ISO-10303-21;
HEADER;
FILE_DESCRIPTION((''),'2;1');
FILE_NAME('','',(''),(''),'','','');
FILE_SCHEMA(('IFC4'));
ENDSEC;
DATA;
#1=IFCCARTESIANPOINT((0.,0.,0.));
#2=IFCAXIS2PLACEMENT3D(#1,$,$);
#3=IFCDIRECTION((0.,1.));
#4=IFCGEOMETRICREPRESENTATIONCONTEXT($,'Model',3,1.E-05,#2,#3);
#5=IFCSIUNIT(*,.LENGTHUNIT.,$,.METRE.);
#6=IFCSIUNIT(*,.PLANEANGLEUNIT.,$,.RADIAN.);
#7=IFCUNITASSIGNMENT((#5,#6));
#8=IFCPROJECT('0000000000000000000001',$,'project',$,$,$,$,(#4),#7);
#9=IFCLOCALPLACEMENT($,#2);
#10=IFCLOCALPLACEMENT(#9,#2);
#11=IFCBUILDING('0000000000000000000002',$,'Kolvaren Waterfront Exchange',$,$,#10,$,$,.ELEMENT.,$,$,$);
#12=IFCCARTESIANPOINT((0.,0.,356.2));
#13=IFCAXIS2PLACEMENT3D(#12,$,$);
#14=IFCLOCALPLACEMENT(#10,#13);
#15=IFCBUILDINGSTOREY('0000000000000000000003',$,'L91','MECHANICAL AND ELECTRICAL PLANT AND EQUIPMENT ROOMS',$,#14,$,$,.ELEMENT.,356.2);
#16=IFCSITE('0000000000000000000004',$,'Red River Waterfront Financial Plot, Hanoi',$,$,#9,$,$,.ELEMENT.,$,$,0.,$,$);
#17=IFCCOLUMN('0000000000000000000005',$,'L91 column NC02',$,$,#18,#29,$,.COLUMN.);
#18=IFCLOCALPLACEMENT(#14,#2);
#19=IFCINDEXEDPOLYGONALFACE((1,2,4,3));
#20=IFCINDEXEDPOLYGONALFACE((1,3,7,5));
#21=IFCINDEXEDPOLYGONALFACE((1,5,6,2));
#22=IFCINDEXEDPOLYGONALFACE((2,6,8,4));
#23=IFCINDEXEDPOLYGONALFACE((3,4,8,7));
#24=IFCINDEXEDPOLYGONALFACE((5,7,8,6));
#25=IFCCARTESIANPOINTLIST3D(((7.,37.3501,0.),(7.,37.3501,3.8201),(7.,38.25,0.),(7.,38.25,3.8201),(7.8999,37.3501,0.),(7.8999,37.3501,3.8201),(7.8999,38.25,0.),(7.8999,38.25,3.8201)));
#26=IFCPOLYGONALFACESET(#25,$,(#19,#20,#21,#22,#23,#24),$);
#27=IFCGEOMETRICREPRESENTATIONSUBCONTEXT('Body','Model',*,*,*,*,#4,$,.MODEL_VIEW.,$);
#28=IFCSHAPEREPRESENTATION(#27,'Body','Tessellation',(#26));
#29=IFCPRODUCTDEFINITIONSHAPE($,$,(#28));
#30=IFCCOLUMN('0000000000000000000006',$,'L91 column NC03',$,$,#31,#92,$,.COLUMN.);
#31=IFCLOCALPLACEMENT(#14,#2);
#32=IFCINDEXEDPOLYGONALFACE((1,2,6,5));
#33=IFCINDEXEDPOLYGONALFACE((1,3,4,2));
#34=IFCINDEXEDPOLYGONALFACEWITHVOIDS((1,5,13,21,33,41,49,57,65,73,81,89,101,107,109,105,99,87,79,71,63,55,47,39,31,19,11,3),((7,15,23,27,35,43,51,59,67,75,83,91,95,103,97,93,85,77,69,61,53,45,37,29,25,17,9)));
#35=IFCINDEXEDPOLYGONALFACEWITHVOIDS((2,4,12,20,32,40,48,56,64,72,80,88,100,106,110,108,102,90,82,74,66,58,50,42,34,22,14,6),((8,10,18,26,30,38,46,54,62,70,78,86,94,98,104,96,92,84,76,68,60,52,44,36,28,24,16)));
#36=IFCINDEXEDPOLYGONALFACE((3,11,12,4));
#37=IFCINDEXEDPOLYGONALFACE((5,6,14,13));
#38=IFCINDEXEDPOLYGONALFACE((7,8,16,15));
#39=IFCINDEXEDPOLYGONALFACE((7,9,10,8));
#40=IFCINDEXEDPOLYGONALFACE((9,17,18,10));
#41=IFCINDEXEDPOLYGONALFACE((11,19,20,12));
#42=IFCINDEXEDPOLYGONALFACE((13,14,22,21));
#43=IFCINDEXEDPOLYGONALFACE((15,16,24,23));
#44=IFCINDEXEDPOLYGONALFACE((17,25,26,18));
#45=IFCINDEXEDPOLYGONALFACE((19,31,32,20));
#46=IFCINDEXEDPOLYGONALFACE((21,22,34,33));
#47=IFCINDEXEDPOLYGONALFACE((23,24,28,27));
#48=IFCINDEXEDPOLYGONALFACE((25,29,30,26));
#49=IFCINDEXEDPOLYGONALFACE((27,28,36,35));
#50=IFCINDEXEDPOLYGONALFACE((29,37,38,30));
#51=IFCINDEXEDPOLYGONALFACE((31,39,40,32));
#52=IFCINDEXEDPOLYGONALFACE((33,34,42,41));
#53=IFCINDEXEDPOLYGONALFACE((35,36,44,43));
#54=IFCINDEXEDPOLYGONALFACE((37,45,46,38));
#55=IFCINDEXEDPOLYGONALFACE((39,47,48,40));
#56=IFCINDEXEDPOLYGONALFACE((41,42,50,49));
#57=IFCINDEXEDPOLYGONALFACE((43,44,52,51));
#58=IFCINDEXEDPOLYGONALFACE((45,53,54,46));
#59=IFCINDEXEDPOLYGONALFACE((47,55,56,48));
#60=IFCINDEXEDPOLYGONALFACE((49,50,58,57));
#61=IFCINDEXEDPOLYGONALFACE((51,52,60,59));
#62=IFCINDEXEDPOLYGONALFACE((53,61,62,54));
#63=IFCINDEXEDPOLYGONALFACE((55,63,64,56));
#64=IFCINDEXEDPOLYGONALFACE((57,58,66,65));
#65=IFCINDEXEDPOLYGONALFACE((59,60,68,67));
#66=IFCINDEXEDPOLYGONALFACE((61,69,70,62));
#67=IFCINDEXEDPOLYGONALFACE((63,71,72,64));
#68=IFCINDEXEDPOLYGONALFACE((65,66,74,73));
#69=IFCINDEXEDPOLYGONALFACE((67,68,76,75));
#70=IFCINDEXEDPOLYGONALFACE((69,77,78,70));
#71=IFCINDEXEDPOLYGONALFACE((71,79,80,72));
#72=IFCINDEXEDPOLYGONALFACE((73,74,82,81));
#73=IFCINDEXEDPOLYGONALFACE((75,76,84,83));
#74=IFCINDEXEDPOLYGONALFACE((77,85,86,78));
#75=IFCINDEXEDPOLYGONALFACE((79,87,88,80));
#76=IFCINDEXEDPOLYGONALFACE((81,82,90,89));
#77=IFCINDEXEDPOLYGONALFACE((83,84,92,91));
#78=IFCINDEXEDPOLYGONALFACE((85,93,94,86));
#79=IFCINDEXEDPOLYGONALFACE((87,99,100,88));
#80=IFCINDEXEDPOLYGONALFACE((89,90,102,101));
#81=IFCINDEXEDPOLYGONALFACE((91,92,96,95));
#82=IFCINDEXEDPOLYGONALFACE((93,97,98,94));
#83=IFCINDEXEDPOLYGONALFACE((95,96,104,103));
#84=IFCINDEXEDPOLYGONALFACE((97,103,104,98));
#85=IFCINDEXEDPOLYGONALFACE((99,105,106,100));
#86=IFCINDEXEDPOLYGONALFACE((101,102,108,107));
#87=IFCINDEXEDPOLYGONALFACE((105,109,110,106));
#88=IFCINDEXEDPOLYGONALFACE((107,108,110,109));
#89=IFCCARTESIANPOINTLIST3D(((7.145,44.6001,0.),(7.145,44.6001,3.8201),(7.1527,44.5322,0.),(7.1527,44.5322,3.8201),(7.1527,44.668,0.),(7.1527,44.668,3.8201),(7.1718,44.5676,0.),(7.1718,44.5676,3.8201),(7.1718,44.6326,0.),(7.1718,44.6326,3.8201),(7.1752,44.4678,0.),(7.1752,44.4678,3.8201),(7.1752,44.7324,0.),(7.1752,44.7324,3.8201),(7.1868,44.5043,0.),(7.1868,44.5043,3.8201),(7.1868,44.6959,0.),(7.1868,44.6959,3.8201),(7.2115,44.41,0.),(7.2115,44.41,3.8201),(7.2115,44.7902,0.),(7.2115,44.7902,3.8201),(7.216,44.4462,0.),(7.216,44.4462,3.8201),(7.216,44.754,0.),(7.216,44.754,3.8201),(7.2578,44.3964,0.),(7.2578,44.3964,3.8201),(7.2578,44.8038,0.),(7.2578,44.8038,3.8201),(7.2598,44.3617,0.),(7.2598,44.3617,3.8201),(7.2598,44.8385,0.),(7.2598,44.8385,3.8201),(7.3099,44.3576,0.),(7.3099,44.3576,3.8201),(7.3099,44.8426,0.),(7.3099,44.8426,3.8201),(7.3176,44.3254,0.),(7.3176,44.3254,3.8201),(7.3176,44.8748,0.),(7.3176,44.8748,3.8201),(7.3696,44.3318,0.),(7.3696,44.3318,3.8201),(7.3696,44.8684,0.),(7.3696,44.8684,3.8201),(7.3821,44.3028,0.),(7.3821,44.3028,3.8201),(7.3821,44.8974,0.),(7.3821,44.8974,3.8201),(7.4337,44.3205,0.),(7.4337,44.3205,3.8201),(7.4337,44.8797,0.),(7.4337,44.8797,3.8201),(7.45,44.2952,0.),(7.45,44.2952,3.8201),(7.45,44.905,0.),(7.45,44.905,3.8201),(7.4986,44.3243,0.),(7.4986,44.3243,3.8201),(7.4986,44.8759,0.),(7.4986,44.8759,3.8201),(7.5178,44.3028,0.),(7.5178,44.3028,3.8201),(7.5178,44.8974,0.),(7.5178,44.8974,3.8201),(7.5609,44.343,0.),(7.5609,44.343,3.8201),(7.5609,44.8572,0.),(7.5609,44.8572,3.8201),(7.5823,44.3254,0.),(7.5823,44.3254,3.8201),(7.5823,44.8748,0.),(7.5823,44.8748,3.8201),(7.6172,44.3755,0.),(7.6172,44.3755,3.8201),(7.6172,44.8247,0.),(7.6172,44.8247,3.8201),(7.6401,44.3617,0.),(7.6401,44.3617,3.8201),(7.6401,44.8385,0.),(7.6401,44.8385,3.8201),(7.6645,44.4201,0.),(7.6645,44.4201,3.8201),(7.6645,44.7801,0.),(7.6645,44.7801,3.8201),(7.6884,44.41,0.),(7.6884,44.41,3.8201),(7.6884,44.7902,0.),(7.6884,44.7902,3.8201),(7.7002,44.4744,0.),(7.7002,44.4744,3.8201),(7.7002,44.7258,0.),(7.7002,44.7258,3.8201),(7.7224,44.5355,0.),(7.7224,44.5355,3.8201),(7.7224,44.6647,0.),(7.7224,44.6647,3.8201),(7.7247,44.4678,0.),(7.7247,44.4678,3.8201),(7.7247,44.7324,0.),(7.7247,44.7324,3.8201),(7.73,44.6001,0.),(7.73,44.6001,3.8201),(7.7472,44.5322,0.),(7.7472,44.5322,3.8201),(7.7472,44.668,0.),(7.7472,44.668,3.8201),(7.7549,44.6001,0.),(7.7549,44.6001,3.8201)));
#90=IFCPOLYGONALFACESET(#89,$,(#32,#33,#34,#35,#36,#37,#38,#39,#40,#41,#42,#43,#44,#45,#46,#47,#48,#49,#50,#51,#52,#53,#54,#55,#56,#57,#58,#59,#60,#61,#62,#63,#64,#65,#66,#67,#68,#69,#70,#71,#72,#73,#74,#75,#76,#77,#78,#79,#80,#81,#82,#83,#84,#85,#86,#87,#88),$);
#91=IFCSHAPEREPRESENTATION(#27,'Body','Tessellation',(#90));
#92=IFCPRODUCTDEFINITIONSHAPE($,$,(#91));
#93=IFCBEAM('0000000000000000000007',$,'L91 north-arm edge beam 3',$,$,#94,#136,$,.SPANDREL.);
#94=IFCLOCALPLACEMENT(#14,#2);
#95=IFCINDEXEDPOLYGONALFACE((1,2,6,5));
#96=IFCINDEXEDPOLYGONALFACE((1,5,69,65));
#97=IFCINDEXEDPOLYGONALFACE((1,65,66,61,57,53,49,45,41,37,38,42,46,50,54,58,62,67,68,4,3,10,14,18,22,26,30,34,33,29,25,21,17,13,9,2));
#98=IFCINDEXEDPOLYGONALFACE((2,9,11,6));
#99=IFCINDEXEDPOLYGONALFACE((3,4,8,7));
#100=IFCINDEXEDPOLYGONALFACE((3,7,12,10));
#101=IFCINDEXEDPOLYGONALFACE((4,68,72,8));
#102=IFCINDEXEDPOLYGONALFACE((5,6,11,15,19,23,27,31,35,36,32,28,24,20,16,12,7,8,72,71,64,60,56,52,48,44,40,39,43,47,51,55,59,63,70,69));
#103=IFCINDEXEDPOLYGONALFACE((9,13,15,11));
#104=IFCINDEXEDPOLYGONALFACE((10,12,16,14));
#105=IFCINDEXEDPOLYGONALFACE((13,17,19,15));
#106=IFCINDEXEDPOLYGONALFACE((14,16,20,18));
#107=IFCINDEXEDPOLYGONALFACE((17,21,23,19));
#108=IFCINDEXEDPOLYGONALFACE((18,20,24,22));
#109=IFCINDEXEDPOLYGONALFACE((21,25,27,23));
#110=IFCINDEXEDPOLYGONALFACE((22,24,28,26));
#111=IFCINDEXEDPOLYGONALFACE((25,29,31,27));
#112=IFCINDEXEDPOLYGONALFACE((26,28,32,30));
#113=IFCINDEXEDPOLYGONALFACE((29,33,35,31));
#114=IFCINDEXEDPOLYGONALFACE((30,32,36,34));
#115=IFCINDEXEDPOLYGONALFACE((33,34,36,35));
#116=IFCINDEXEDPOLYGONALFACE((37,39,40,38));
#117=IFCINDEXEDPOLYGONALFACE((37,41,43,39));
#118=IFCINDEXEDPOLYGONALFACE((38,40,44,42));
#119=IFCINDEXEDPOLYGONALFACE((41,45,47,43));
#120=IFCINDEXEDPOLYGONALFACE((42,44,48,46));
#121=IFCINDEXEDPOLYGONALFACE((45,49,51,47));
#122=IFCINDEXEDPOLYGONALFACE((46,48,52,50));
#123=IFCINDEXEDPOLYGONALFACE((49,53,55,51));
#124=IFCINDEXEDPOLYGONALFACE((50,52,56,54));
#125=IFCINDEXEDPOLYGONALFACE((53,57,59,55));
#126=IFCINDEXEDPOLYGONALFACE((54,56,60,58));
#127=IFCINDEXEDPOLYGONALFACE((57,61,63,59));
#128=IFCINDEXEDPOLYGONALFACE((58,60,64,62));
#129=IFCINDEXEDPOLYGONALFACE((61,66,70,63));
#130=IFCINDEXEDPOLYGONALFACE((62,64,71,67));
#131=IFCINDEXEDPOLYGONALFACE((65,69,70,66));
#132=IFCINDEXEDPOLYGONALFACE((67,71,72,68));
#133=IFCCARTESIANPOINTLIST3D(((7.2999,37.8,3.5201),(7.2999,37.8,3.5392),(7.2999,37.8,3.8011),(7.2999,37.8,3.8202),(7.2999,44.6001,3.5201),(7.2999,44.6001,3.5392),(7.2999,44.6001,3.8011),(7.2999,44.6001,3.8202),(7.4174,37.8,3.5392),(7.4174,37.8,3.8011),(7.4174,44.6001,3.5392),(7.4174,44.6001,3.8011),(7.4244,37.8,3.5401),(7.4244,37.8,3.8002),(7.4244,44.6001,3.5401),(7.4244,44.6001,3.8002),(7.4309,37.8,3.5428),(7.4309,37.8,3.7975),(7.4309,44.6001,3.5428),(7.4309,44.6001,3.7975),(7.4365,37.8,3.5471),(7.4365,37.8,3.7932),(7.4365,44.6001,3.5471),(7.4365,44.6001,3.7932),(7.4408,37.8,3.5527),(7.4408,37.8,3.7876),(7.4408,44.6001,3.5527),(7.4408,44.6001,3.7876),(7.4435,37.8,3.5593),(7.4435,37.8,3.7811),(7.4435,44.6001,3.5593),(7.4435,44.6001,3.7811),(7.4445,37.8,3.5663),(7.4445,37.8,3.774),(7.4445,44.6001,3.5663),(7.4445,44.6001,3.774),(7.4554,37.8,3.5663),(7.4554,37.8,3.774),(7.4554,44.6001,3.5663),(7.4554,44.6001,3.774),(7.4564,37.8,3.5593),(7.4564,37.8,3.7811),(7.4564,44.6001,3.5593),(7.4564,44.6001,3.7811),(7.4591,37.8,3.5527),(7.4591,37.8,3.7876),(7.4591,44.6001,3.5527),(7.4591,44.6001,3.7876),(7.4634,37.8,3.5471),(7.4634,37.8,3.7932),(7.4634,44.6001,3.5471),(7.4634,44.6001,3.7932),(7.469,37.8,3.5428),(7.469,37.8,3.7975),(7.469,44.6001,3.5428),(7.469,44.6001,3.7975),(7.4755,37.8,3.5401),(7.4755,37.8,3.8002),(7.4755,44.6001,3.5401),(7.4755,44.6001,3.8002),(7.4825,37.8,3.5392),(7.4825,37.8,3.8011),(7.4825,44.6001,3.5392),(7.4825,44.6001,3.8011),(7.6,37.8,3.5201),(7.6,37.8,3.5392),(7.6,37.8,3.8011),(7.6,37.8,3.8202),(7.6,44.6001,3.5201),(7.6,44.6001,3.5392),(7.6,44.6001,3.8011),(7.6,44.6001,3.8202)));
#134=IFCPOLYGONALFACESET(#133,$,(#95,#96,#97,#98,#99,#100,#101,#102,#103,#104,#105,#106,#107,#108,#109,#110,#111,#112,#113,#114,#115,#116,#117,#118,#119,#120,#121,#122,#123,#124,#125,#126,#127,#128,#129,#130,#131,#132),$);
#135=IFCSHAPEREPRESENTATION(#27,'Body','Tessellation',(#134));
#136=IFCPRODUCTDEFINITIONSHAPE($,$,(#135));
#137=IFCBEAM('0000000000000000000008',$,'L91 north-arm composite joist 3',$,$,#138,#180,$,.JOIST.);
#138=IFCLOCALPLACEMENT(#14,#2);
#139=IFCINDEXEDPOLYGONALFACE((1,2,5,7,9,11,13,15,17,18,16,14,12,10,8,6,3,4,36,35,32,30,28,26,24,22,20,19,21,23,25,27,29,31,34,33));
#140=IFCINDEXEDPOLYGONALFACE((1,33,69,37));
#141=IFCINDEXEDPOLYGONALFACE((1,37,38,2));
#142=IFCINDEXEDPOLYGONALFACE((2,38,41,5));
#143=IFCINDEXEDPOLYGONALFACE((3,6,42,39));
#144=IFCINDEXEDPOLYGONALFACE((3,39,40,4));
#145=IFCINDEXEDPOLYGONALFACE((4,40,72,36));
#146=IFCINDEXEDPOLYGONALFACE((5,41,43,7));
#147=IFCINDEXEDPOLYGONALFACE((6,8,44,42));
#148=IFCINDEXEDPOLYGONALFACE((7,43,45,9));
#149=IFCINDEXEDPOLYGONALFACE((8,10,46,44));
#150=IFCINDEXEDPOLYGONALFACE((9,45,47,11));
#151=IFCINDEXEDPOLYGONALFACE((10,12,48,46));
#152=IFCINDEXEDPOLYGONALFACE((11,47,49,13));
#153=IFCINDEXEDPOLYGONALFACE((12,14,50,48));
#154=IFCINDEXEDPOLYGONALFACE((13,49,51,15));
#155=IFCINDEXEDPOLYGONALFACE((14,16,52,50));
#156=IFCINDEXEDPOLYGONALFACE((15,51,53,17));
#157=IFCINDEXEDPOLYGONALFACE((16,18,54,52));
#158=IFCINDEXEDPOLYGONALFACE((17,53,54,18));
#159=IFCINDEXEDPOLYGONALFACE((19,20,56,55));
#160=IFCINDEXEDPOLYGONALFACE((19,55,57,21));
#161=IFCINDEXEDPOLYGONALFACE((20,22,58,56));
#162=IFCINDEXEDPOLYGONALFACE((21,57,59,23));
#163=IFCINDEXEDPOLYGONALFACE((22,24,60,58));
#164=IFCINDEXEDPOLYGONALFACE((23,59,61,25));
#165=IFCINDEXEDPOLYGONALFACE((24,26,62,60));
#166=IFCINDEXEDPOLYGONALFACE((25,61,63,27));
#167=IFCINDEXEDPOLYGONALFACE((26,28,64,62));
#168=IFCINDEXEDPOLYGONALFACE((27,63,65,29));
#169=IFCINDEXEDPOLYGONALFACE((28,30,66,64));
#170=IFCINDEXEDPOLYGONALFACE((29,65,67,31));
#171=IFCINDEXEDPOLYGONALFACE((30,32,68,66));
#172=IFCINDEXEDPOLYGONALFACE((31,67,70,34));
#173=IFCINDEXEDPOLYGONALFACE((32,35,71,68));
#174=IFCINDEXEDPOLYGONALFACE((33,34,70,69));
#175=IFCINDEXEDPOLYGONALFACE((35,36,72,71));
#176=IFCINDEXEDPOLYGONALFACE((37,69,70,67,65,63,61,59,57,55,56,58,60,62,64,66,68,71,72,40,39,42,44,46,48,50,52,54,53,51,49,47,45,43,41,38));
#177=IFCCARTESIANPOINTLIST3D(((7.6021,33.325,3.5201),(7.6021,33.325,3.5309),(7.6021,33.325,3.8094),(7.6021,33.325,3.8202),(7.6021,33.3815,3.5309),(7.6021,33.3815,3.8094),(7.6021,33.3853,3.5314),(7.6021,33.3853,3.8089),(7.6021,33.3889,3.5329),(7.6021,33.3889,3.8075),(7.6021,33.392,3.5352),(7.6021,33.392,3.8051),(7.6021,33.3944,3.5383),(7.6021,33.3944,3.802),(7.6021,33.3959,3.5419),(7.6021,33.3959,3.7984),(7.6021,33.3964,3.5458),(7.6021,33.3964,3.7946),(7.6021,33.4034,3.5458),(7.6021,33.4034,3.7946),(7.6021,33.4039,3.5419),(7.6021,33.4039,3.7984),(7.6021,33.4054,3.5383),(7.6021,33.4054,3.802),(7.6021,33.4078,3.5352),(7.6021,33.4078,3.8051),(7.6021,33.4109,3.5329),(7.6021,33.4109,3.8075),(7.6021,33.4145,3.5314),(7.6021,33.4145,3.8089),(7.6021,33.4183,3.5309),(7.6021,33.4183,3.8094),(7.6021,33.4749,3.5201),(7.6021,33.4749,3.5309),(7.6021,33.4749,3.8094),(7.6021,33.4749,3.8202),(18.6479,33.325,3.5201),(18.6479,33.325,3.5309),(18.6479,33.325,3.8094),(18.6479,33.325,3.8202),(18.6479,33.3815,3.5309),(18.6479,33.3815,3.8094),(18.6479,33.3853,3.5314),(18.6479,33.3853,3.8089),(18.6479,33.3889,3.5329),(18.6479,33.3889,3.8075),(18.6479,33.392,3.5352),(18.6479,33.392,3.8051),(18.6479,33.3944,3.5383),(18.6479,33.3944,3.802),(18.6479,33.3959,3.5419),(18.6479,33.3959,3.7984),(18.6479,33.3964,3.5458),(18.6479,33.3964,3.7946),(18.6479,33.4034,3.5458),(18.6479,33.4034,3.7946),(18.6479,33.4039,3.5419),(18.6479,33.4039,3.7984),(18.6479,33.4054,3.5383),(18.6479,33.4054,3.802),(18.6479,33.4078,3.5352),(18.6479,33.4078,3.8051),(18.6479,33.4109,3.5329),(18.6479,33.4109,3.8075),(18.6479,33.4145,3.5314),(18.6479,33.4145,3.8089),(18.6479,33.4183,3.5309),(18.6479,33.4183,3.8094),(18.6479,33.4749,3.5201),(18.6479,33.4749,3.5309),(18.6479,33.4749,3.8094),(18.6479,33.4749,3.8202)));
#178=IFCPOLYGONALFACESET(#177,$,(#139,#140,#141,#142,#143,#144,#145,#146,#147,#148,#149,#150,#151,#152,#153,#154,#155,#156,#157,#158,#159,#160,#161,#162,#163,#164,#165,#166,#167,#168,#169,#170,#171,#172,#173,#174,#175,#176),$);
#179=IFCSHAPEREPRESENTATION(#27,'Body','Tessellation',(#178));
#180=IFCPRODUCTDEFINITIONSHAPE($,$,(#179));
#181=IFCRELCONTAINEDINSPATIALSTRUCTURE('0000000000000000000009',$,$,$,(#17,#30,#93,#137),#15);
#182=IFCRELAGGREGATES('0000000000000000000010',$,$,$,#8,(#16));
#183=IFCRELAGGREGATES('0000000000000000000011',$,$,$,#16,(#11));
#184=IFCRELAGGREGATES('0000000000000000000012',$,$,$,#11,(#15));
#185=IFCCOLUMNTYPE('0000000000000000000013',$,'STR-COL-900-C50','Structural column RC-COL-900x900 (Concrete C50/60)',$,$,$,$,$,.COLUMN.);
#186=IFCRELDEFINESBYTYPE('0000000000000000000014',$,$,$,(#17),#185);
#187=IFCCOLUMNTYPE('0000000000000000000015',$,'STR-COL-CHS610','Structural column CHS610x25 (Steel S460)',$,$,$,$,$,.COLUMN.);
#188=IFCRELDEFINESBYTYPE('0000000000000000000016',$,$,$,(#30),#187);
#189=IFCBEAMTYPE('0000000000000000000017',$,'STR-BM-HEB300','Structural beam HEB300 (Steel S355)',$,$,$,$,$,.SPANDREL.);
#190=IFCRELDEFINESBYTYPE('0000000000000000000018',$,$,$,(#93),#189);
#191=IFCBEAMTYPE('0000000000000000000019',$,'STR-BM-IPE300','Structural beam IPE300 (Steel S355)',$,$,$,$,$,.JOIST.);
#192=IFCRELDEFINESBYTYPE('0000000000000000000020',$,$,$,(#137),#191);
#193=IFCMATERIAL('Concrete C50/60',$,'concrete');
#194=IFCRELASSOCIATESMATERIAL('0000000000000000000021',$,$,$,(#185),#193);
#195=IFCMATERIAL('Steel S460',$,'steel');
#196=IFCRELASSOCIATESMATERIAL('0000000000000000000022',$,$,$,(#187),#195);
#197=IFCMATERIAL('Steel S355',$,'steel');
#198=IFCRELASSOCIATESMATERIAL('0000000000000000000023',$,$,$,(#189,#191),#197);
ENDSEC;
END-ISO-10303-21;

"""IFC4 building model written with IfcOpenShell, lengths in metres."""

from ifc_helpers import new_model, si_unit, direction, frame, origin, origin_2d, place, context, subcontext, project, spatial, rectangle, hollow_circle, i_section, extrude, material, material_profile, profile_set, type_object, element, save


model = new_model("IFC4")

# Units and contexts
model_context = context("Model", 3, precision=1e-05, world=origin(), true_north=direction((0.0, 1.0)))
body_context = subcontext(model_context, "Body", "Model", "MODEL_VIEW")
ifc_project = project(units=[si_unit("LENGTHUNIT", "METRE"), si_unit("PLANEANGLEUNIT", "RADIAN")], contexts=[model_context])

# Site, building, storey
site_placement = place(None, origin())
site = spatial("IfcSite", under=ifc_project, at=site_placement, Name="Red River Waterfront Financial Plot, Hanoi", CompositionType="ELEMENT", RefElevation=0.0)
building_placement = place(site_placement, origin())
building = spatial("IfcBuilding", under=site, at=building_placement, Name="Kolvaren Waterfront Exchange", CompositionType="ELEMENT")
storey_placement = place(building_placement, frame((0.0, 0.0, 356.2)))
storey = spatial("IfcBuildingStorey", under=building, at=storey_placement, Name="L91", Description="MECHANICAL AND ELECTRICAL PLANT AND EQUIPMENT ROOMS", CompositionType="ELEMENT", Elevation=356.2)

# Columns
ifc_material_1 = material(Name="Concrete C50/60", Category="concrete")
ifc_material_profile_1 = material_profile(ifc_material_1, rectangle(XDim=0.8999, YDim=0.8999, at=origin_2d()), Name="RC-COL-900x900")
ifc_profile_set_1 = profile_set([ifc_material_profile_1], Name="Concrete C50/60")
column_type_1 = type_object("IfcColumnType", Name="STR-COL-900-C50", Description="Structural column RC-COL-900x900 (Concrete C50/60)", PredefinedType="COLUMN", material=ifc_profile_set_1)
column_1_placement = place(storey_placement, frame((7.45, 37.8, 0.0), z_axis=(0.0, 0.0, 1.0), x_axis=(1.0, 0.0, 0.0)))
element("IfcColumn", 1, at=column_1_placement, inside=storey, type_object=column_type_1, Name="L91 column NC02", PredefinedType="COLUMN", context=body_context, shape_type="SweptSolid", body=[
    extrude(rectangle(XDim=0.8999, YDim=0.8999, at=origin_2d()), origin(), (0.0, 0.0, 1.0), 3.8201),
])
ifc_material_2 = material(Name="Steel S460", Category="steel")
ifc_material_profile_2 = material_profile(ifc_material_2, hollow_circle(Radius=0.3049, WallThickness=0.0249, at=origin_2d()), Name="CHS610x25")
ifc_profile_set_2 = profile_set([ifc_material_profile_2], Name="Steel S460")
column_type_2 = type_object("IfcColumnType", Name="STR-COL-CHS610", Description="Structural column CHS610x25 (Steel S460)", PredefinedType="COLUMN", material=ifc_profile_set_2)
column_2_placement = place(storey_placement, frame((7.45, 44.6001, 0.0), z_axis=(0.0, 0.0, 1.0), x_axis=(1.0, 0.0, 0.0)))
element("IfcColumn", 2, at=column_2_placement, inside=storey, type_object=column_type_2, Name="L91 column NC03", PredefinedType="COLUMN", context=body_context, shape_type="SweptSolid", body=[
    extrude(hollow_circle(Radius=0.3049, WallThickness=0.0249, at=origin_2d()), origin(), (0.0, 0.0, 1.0), 3.8201),
])

# Beams
ifc_material_3 = material(Name="Steel S355", Category="steel")
ifc_material_profile_3 = material_profile(ifc_material_3, i_section(OverallWidth=0.3, OverallDepth=0.3, WebThickness=0.011, FlangeThickness=0.019, FilletRadius=0.0271, at=origin_2d()), Name="HEB300")
ifc_profile_set_3 = profile_set([ifc_material_profile_3], Name="Steel S355")
beam_type_1 = type_object("IfcBeamType", Name="STR-BM-HEB300", Description="Structural beam HEB300 (Steel S355)", PredefinedType="SPANDREL", material=ifc_profile_set_3)
beam_placement = place(storey_placement, frame((7.45, 37.8, 3.6702), z_axis=(0.0, 1.0, 0.0), x_axis=(-1.0, 0.0, 0.0)))
element("IfcBeam", 3, at=beam_placement, inside=storey, type_object=beam_type_1, Name="L91 north-arm edge beam 3", PredefinedType="SPANDREL", context=body_context, shape_type="SweptSolid", body=[
    extrude(i_section(OverallWidth=0.3, OverallDepth=0.3, WebThickness=0.011, FlangeThickness=0.019, FilletRadius=0.0271, at=origin_2d()), origin(), (0.0, 0.0, 1.0), 6.8),
])
ifc_material_profile_4 = material_profile(ifc_material_3, i_section(OverallWidth=0.1499, OverallDepth=0.3, WebThickness=0.0071, FlangeThickness=0.0107, FilletRadius=0.0149, at=origin_2d()), Name="IPE300")
ifc_profile_set_4 = profile_set([ifc_material_profile_4], Name="Steel S355")
beam_type_2 = type_object("IfcBeamType", Name="STR-BM-IPE300", Description="Structural beam IPE300 (Steel S355)", PredefinedType="JOIST", material=ifc_profile_set_4)
for number, where, z_axis, x_axis, name in (
    (4, (7.6021, 33.3999, 3.6702), (1.0, 0.0, 0.0), (0.0, 1.0, 0.0), "L91 north-arm composite joist 3"),
):
    element("IfcBeam", number, at=place(storey_placement, frame(where, z_axis=z_axis, x_axis=x_axis)), inside=storey, type_object=beam_type_2, Name=name, PredefinedType="JOIST", context=body_context, shape_type="SweptSolid", body=[
        extrude(i_section(OverallWidth=0.1499, OverallDepth=0.3, WebThickness=0.0071, FlangeThickness=0.0107, FilletRadius=0.0149, at=origin_2d()), origin(), (0.0, 0.0, 1.0), 11.0459),
    ])

save(model, "model.ifc")
